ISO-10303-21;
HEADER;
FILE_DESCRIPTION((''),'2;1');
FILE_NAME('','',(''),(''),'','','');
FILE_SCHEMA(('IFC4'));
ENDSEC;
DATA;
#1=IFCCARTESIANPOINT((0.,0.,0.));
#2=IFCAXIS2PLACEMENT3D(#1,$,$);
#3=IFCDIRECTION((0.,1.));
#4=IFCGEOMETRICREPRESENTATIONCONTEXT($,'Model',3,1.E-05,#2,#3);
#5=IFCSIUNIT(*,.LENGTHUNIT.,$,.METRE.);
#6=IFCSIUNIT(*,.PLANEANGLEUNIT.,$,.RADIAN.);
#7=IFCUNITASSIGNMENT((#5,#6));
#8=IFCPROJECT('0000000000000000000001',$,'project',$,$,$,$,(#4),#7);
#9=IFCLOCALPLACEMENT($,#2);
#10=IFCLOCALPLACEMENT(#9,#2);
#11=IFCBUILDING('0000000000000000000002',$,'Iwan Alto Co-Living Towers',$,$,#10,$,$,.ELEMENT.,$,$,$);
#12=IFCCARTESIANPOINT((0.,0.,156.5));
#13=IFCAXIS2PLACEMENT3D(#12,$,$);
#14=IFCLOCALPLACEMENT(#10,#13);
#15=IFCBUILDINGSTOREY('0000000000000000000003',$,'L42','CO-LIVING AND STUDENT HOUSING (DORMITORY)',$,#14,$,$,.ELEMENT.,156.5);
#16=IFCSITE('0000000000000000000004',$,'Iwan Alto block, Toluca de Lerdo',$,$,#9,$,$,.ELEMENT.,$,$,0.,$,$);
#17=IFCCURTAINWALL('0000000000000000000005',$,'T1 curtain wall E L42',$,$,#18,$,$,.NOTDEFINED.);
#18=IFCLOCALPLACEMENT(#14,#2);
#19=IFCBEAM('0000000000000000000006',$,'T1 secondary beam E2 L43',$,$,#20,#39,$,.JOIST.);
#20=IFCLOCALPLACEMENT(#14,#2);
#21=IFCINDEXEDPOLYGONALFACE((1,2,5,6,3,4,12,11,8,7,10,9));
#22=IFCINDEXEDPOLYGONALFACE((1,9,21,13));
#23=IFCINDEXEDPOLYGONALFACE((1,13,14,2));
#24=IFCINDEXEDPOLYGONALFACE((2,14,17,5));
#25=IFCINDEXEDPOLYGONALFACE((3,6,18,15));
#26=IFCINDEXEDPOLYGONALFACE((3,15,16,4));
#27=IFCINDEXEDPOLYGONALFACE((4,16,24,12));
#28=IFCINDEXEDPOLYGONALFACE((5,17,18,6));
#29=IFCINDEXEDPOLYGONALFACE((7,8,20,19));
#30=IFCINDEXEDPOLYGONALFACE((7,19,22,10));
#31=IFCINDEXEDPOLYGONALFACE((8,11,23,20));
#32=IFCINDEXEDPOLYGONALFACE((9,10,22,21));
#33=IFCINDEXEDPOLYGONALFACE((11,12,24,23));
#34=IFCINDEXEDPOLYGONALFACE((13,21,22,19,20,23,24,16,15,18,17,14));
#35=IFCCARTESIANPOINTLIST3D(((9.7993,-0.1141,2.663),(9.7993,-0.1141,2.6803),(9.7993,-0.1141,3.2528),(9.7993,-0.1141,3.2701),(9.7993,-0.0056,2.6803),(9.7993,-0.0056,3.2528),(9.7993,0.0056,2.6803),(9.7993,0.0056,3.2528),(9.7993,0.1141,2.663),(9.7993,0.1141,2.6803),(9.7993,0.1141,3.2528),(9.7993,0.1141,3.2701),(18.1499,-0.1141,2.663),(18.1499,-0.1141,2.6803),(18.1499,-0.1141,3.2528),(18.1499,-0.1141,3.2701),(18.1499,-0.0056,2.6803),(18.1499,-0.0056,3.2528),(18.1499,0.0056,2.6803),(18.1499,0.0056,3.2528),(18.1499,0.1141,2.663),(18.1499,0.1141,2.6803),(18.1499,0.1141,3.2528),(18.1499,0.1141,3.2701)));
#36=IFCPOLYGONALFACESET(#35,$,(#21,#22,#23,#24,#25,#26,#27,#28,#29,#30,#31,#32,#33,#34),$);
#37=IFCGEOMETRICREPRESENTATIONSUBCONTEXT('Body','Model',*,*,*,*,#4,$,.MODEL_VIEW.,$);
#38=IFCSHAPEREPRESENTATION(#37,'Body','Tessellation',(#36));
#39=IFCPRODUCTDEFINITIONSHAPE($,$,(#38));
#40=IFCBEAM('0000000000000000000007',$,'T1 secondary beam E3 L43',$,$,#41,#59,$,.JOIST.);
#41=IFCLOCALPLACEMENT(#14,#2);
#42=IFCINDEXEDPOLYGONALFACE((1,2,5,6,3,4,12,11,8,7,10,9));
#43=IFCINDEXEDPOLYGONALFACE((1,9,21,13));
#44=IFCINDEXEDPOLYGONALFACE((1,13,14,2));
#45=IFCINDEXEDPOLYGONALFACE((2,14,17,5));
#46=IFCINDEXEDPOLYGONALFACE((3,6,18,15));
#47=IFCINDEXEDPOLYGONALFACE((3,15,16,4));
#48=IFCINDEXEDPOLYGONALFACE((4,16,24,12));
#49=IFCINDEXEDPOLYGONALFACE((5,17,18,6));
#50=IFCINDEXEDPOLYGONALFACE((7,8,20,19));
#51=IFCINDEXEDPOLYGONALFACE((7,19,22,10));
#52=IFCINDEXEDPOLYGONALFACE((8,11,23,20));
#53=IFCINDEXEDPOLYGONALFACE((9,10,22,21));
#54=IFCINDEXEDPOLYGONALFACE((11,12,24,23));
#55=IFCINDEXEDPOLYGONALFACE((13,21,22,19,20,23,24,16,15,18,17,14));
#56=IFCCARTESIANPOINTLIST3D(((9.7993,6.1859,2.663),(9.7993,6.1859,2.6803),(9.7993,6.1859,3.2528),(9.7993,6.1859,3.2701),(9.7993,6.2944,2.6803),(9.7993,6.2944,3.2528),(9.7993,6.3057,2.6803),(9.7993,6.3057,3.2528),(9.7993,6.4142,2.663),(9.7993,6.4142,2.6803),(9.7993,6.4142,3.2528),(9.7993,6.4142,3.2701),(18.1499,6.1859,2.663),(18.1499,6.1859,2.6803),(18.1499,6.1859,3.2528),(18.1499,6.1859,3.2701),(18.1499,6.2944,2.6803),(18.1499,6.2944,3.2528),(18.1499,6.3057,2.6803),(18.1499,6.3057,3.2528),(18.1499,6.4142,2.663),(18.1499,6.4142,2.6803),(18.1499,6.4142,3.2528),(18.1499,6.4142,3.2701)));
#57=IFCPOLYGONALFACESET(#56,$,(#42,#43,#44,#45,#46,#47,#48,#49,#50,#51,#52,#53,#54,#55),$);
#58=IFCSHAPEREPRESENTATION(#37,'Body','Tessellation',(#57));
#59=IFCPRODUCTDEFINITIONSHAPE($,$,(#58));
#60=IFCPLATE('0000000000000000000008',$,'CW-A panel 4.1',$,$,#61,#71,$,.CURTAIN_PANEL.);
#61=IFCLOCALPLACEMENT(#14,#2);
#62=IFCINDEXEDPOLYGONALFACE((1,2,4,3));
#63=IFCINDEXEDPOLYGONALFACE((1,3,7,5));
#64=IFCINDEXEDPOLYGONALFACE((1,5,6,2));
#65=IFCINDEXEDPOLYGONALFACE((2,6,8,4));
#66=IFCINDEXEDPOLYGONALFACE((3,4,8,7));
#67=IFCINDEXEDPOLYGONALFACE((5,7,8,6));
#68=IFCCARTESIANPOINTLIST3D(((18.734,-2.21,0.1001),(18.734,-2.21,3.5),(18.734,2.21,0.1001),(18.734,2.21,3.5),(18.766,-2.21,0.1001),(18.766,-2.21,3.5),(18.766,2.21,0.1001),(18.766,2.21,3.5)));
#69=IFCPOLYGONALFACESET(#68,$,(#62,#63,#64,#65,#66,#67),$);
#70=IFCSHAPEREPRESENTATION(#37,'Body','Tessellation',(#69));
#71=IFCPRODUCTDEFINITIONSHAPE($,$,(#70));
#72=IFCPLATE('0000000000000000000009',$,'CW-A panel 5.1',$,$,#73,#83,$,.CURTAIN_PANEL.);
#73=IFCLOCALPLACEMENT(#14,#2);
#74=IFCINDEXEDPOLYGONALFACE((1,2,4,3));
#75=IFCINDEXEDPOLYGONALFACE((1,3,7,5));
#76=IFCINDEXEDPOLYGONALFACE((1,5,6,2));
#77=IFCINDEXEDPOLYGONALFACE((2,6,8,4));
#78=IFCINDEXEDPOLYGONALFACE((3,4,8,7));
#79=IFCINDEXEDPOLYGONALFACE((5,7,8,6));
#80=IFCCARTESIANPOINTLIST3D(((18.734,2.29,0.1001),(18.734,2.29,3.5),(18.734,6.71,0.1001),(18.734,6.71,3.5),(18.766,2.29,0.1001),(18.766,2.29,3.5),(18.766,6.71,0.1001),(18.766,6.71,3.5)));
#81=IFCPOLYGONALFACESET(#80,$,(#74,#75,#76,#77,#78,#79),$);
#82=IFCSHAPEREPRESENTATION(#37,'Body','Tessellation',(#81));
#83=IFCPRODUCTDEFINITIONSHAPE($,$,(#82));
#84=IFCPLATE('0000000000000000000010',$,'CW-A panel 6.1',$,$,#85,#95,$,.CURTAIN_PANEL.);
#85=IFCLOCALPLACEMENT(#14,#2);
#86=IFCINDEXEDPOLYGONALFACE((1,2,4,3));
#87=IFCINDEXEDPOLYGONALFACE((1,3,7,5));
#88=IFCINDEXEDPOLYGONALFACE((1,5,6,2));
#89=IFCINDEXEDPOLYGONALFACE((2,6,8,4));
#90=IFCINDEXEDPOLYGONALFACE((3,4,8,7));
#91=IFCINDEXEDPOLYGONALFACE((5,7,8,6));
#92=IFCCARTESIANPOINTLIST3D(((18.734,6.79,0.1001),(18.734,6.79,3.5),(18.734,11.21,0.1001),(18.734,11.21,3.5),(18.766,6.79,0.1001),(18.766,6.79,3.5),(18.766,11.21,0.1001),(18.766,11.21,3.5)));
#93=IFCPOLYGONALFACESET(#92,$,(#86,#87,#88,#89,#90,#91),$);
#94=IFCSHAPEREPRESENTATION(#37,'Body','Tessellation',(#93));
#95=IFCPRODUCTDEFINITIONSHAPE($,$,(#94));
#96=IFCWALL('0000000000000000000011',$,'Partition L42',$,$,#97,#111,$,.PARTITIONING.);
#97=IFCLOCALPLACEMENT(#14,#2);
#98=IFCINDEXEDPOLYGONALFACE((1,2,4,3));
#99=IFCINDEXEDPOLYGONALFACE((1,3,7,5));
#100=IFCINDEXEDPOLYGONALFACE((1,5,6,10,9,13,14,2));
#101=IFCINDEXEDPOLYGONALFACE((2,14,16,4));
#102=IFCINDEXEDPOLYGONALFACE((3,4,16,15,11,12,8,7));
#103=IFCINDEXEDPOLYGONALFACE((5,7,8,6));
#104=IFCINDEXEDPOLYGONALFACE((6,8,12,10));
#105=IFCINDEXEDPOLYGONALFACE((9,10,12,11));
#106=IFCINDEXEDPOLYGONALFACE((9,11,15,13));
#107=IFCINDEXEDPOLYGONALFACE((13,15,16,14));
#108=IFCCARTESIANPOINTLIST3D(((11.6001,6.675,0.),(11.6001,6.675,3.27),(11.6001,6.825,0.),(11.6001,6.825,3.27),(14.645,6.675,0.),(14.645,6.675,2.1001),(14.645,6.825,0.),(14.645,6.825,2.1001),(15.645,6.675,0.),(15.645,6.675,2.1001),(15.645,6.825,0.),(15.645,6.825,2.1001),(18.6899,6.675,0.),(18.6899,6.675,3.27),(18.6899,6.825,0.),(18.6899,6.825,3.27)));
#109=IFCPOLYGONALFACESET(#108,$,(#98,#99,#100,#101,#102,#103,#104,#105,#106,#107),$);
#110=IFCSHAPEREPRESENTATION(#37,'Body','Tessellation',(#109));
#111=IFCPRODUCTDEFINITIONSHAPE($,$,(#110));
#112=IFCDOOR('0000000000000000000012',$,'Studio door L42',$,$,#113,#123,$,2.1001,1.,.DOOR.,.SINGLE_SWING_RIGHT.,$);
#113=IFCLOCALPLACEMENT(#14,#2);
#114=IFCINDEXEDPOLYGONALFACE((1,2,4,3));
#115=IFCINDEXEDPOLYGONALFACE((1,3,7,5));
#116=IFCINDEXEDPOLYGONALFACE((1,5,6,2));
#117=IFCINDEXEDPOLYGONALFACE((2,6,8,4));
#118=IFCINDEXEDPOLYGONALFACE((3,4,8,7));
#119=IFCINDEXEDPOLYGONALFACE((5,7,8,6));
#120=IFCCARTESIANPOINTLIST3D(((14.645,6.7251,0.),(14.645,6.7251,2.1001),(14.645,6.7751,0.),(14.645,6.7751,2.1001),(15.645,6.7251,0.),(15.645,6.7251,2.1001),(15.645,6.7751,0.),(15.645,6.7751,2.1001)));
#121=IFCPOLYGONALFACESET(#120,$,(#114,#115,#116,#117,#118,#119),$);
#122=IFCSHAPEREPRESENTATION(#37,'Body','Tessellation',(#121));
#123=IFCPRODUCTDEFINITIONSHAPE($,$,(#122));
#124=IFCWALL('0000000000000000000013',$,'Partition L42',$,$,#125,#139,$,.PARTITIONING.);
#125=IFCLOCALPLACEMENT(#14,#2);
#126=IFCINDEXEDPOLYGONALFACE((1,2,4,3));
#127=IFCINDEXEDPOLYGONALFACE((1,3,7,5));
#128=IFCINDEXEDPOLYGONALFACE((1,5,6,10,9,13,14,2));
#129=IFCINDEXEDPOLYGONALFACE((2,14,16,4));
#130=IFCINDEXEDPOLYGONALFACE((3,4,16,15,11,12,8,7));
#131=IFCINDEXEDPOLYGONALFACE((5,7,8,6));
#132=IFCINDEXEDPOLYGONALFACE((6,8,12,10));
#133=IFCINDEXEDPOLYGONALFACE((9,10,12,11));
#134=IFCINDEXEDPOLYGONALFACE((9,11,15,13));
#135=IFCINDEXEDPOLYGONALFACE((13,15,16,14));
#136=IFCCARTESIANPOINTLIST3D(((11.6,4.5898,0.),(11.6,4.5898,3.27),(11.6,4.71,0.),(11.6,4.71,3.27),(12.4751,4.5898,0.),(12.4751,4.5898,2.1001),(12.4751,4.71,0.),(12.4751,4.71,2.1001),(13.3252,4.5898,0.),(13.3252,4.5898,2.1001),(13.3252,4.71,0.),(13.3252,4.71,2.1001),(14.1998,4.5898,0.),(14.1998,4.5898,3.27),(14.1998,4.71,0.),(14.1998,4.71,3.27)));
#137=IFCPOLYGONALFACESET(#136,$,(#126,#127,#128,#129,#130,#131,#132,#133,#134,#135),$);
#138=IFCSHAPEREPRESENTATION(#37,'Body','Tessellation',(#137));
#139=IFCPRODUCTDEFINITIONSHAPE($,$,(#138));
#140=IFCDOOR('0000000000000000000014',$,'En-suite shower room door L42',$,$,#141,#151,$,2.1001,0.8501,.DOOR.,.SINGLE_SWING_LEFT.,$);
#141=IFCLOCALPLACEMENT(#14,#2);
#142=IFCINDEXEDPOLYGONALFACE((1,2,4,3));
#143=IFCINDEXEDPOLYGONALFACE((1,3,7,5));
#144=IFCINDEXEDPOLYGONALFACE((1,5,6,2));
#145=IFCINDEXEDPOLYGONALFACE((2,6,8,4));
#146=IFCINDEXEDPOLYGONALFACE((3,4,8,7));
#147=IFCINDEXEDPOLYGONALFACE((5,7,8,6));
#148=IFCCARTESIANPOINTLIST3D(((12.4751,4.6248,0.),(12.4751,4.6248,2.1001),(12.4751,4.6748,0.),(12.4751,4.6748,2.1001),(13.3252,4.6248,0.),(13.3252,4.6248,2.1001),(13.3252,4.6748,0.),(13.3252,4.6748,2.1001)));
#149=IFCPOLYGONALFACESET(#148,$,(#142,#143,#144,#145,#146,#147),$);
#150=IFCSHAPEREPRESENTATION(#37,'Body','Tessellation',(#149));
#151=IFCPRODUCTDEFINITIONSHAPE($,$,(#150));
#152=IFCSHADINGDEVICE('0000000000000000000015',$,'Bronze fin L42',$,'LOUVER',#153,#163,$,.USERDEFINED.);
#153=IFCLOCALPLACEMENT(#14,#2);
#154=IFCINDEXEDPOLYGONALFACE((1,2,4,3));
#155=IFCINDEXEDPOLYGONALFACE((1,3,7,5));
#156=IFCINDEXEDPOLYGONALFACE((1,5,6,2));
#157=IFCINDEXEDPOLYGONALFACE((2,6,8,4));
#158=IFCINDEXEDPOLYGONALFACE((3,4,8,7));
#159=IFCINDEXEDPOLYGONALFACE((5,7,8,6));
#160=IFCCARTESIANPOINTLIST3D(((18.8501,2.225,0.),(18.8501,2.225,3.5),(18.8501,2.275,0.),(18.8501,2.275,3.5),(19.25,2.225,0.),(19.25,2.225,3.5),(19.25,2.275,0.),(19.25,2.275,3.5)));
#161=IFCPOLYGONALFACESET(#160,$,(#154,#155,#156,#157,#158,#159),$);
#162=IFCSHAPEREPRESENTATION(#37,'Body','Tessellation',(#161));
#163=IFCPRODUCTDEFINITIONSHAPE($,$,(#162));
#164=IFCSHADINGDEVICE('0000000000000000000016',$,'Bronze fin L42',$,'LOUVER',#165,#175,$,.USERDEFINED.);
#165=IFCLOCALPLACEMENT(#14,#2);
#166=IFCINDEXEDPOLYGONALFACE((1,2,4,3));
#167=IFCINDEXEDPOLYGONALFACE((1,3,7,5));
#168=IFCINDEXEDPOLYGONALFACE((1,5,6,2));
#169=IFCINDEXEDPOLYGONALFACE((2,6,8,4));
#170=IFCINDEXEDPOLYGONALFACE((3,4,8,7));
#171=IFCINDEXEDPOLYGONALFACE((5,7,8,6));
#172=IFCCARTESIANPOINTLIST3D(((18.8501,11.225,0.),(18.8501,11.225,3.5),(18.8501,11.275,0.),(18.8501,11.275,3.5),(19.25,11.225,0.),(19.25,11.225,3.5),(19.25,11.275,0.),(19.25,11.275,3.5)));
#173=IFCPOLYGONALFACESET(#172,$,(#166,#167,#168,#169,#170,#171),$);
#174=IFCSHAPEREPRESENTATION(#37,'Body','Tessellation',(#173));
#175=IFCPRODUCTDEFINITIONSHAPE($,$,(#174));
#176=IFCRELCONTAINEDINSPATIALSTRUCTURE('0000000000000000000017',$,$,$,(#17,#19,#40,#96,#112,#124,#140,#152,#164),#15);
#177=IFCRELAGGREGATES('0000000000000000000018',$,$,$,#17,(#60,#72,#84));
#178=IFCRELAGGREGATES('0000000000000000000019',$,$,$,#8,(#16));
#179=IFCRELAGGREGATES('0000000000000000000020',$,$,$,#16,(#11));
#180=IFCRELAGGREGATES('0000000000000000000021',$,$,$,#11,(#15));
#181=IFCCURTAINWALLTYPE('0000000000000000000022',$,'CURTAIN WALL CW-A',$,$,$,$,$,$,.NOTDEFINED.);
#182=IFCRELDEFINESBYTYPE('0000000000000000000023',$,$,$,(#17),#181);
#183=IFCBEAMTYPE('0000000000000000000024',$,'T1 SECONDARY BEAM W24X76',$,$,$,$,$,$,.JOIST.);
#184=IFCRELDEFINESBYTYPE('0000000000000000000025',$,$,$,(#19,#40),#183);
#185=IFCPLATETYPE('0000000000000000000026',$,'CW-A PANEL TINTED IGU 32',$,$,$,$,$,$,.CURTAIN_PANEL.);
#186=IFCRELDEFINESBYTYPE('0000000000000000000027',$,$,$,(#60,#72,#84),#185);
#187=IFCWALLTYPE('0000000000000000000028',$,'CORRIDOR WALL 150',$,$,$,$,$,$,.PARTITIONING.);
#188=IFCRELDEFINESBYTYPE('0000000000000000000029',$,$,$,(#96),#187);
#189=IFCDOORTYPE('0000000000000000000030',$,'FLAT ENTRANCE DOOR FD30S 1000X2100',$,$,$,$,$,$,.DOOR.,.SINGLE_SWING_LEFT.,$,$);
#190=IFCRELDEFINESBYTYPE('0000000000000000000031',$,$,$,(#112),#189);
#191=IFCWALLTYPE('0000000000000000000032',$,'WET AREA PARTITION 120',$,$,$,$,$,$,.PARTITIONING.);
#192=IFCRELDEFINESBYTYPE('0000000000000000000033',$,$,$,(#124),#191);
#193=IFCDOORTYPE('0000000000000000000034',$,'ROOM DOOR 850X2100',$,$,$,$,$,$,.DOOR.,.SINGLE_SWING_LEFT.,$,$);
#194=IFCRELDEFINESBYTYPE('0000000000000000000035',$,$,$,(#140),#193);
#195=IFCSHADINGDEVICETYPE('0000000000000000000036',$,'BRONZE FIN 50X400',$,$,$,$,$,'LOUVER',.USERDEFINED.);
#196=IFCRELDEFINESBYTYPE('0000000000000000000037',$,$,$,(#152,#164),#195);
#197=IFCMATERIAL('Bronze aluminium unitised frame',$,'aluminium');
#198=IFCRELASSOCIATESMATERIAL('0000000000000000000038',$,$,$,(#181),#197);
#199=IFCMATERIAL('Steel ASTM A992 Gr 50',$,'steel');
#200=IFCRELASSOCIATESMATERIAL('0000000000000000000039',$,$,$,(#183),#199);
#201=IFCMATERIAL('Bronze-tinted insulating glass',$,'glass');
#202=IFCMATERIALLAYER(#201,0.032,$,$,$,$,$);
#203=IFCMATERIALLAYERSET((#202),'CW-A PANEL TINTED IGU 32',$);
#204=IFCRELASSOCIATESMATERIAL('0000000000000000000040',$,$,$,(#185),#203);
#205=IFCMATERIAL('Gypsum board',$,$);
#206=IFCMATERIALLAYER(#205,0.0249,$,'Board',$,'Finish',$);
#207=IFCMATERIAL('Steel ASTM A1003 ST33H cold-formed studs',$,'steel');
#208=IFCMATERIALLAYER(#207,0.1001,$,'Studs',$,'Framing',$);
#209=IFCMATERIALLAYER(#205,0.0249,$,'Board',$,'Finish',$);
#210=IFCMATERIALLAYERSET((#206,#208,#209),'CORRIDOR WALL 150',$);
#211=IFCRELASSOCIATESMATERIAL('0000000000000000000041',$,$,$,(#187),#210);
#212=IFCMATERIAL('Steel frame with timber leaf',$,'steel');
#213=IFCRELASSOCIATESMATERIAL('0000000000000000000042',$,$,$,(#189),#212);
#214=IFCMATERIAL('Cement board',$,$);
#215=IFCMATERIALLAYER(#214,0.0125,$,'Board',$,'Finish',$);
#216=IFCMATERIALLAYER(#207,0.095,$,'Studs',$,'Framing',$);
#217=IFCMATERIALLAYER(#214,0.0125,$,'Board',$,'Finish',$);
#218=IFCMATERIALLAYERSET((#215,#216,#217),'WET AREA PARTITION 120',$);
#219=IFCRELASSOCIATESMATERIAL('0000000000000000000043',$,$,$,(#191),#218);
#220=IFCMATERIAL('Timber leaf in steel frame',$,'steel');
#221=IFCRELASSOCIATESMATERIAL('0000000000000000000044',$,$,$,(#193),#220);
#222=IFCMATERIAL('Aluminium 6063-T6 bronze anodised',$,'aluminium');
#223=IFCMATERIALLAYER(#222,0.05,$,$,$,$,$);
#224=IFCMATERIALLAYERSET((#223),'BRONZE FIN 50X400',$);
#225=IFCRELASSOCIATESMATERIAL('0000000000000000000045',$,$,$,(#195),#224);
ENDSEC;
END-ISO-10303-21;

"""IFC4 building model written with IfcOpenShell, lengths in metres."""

from ifc_helpers import new_model, si_unit, direction, frame, frame_2d, origin, origin_2d, place, context, subcontext, project, spatial, rectangle, i_section, extrude, material, layer, layer_set, material_profile, profile_set, type_object, element, fill, aggregate, save


model = new_model("IFC4")

# Units and contexts
model_context = context("Model", 3, precision=1e-05, world=origin(), true_north=direction((0.0, 1.0)))
body_context = subcontext(model_context, "Body", "Model", "MODEL_VIEW")
ifc_project = project(units=[si_unit("LENGTHUNIT", "METRE"), si_unit("PLANEANGLEUNIT", "RADIAN")], contexts=[model_context])

# Site, building, storey
site_placement = place(None, origin())
site = spatial("IfcSite", under=ifc_project, at=site_placement, Name="Iwan Alto block, Toluca de Lerdo", CompositionType="ELEMENT", RefElevation=0.0)
building_placement = place(site_placement, origin())
building = spatial("IfcBuilding", under=site, at=building_placement, Name="Iwan Alto Co-Living Towers", CompositionType="ELEMENT")
storey_placement = place(building_placement, frame((0.0, 0.0, 156.5)))
storey = spatial("IfcBuildingStorey", under=building, at=storey_placement, Name="L42", Description="CO-LIVING AND STUDENT HOUSING (DORMITORY)", CompositionType="ELEMENT", Elevation=156.5)

# Curtain wall
ifc_material_1 = material(Name="Bronze aluminium unitised frame", Category="aluminium")
curtain_wall_type = type_object("IfcCurtainWallType", Name="CURTAIN WALL CW-A", PredefinedType="NOTDEFINED", material=ifc_material_1)
curtain_wall_placement = place(storey_placement, origin())
curtain_wall = element("IfcCurtainWall", 1, at=curtain_wall_placement, inside=storey, type_object=curtain_wall_type, Name="T1 curtain wall E L42", PredefinedType="NOTDEFINED")

# Beams
ifc_material_2 = material(Name="Steel ASTM A992 Gr 50", Category="steel")
ifc_material_profile_1 = material_profile(ifc_material_2, i_section(OverallWidth=0.2283, OverallDepth=0.6072, WebThickness=0.0112, FlangeThickness=0.0173, at=origin_2d()), Name="W24X76")
ifc_profile_set_1 = profile_set([ifc_material_profile_1], Name="Steel ASTM A992 Gr 50")
beam_type_1 = type_object("IfcBeamType", Name="T1 SECONDARY BEAM W24X76", PredefinedType="JOIST", material=ifc_profile_set_1)
for number, where, z_axis, x_axis, name in (
    (2, (18.1499, 0.0, 2.9666), (-1.0, 0.0, 0.0), (0.0, -1.0, 0.0), "T1 secondary beam E2 L43"),
    (3, (18.1499, 6.3, 2.9666), (-1.0, 0.0, 0.0), (0.0, -1.0, 0.0), "T1 secondary beam E3 L43"),
):
    element("IfcBeam", number, at=place(storey_placement, frame(where, z_axis=z_axis, x_axis=x_axis)), inside=storey, type_object=beam_type_1, Name=name, PredefinedType="JOIST", context=body_context, shape_type="SweptSolid", body=[
        extrude(i_section(OverallWidth=0.2283, OverallDepth=0.6072, WebThickness=0.0112, FlangeThickness=0.0173, at=origin_2d()), origin(), (0.0, 0.0, 1.0), 8.3506),
    ])

# Plates
ifc_material_3 = material(Name="Bronze-tinted insulating glass", Category="glass")
ifc_layer_1 = layer(ifc_material_3, 0.032)
ifc_layer_set_1 = layer_set([ifc_layer_1], Name="CW-A PANEL TINTED IGU 32")
plate_type = type_object("IfcPlateType", Name="CW-A PANEL TINTED IGU 32", PredefinedType="CURTAIN_PANEL", material=ifc_layer_set_1)
plate_1_placement = place(storey_placement, frame((18.75, 0.0, 0.1001), z_axis=(0.0, 0.0, 1.0), x_axis=(0.0, 1.0, 0.0)))
plate_1 = element("IfcPlate", 4, at=plate_1_placement, type_object=plate_type, Name="CW-A panel 4.1", PredefinedType="CURTAIN_PANEL", context=body_context, shape_type="SweptSolid", body=[
    extrude(rectangle(XDim=4.4199, YDim=0.032, at=origin_2d()), origin(), (0.0, 0.0, 1.0), 3.3999),
])
plate_2_placement = place(storey_placement, frame((18.75, 4.5, 0.1001), z_axis=(0.0, 0.0, 1.0), x_axis=(0.0, 1.0, 0.0)))
plate_2 = element("IfcPlate", 5, at=plate_2_placement, type_object=plate_type, Name="CW-A panel 5.1", PredefinedType="CURTAIN_PANEL", context=body_context, shape_type="SweptSolid", body=[
    extrude(rectangle(XDim=4.4199, YDim=0.032, at=origin_2d()), origin(), (0.0, 0.0, 1.0), 3.3999),
])
plate_3_placement = place(storey_placement, frame((18.75, 9.0, 0.1001), z_axis=(0.0, 0.0, 1.0), x_axis=(0.0, 1.0, 0.0)))
plate_3 = element("IfcPlate", 6, at=plate_3_placement, type_object=plate_type, Name="CW-A panel 6.1", PredefinedType="CURTAIN_PANEL", context=body_context, shape_type="SweptSolid", body=[
    extrude(rectangle(XDim=4.4199, YDim=0.032, at=origin_2d()), origin(), (0.0, 0.0, 1.0), 3.3999),
])
aggregate(curtain_wall, [plate_1, plate_2, plate_3])

# Walls, openings, doors
ifc_material_4 = material(Name="Gypsum board")
ifc_layer_2 = layer(ifc_material_4, 0.0249, Name="Board", Category="Finish")
ifc_material_5 = material(Name="Steel ASTM A1003 ST33H cold-formed studs", Category="steel")
ifc_layer_3 = layer(ifc_material_5, 0.1001, Name="Studs", Category="Framing")
ifc_layer_4 = layer(ifc_material_4, 0.0249, Name="Board", Category="Finish")
ifc_layer_set_2 = layer_set([ifc_layer_2, ifc_layer_3, ifc_layer_4], Name="CORRIDOR WALL 150")
wall_type_1 = type_object("IfcWallType", Name="CORRIDOR WALL 150", PredefinedType="PARTITIONING", material=ifc_layer_set_2)
wall_1_placement = place(storey_placement, frame((11.6001, 6.75, 0.0), z_axis=(0.0, 0.0, 1.0), x_axis=(1.0, 0.0, 0.0)))
wall_1 = element("IfcWall", 7, at=wall_1_placement, inside=storey, type_object=wall_type_1, Name="Partition L42", PredefinedType="PARTITIONING", context=body_context, shape_type="SweptSolid", body=[
    extrude(rectangle(XDim=7.0898, YDim=0.1499, at=frame_2d((3.5449, 0.0))), origin(), (0.0, 0.0, 1.0), 3.27),
])
opening_1_placement = place(wall_1_placement, frame((3.0449, 0.0, 0.0)))
opening_1 = element("IfcOpeningElement", 8, at=opening_1_placement, cuts=wall_1, PredefinedType="OPENING", context=body_context, shape_type="SweptSolid", body=[
    extrude(rectangle(XDim=1.0, YDim=2.1001, at=frame_2d((0.5, 1.05))), frame((0.0, 0.085, 0.0), z_axis=(0.0, -1.0, 0.0), x_axis=(1.0, 0.0, 0.0)), (0.0, 0.0, 1.0), 0.1699),
])
ifc_material_6 = material(Name="Steel frame with timber leaf", Category="steel")
door_type_1 = type_object("IfcDoorType", Name="FLAT ENTRANCE DOOR FD30S 1000X2100", OperationType="SINGLE_SWING_LEFT", PredefinedType="DOOR", material=ifc_material_6)
door_1_placement = place(opening_1_placement, frame((1.0, 0.0, 0.0), z_axis=(0.0, 0.0, 1.0), x_axis=(-1.0, 0.0, 0.0)))
door_1 = element("IfcDoor", 9, at=door_1_placement, inside=storey, type_object=door_type_1, Name="Studio door L42", OperationType="SINGLE_SWING_RIGHT", OverallHeight=2.1001, OverallWidth=1.0, PredefinedType="DOOR", context=body_context, shape_type="SweptSolid", body=[
    extrude(rectangle(XDim=1.0, YDim=2.1001, at=frame_2d((0.5, 1.05))), frame((0.0, 0.0249, 0.0), z_axis=(0.0, -1.0, 0.0), x_axis=(1.0, 0.0, 0.0)), (0.0, 0.0, 1.0), 0.05),
])
fill(opening_1, door_1)
ifc_material_7 = material(Name="Cement board")
ifc_layer_5 = layer(ifc_material_7, 0.0125, Name="Board", Category="Finish")
ifc_layer_6 = layer(ifc_material_5, 0.095, Name="Studs", Category="Framing")
ifc_layer_7 = layer(ifc_material_7, 0.0125, Name="Board", Category="Finish")
ifc_layer_set_3 = layer_set([ifc_layer_5, ifc_layer_6, ifc_layer_7], Name="WET AREA PARTITION 120")
wall_type_2 = type_object("IfcWallType", Name="WET AREA PARTITION 120", PredefinedType="PARTITIONING", material=ifc_layer_set_3)
wall_2_placement = place(storey_placement, frame((11.6001, 4.6499, 0.0), z_axis=(0.0, 0.0, 1.0), x_axis=(1.0, 0.0, 0.0)))
wall_2 = element("IfcWall", 10, at=wall_2_placement, inside=storey, type_object=wall_type_2, Name="Partition L42", PredefinedType="PARTITIONING", context=body_context, shape_type="SweptSolid", body=[
    extrude(rectangle(XDim=2.5999, YDim=0.1201, at=frame_2d((1.2998, 0.0))), origin(), (0.0, 0.0, 1.0), 3.27),
])
opening_2_placement = place(wall_2_placement, frame((0.875, 0.0, 0.0)))
opening_2 = element("IfcOpeningElement", 11, at=opening_2_placement, cuts=wall_2, PredefinedType="OPENING", context=body_context, shape_type="SweptSolid", body=[
    extrude(rectangle(XDim=0.8501, YDim=2.1001, at=frame_2d((0.425, 1.05))), frame((0.0, 0.0701, 0.0), z_axis=(0.0, -1.0, 0.0), x_axis=(1.0, 0.0, 0.0)), (0.0, 0.0, 1.0), 0.1401),
])
ifc_material_8 = material(Name="Timber leaf in steel frame", Category="steel")
door_type_2 = type_object("IfcDoorType", Name="ROOM DOOR 850X2100", OperationType="SINGLE_SWING_LEFT", PredefinedType="DOOR", material=ifc_material_8)
door_2_placement = place(opening_2_placement, origin())
door_2 = element("IfcDoor", 12, at=door_2_placement, inside=storey, type_object=door_type_2, Name="En-suite shower room door L42", OperationType="SINGLE_SWING_LEFT", OverallHeight=2.1001, OverallWidth=0.8501, PredefinedType="DOOR", context=body_context, shape_type="SweptSolid", body=[
    extrude(rectangle(XDim=0.8501, YDim=2.1001, at=frame_2d((0.425, 1.05))), frame((0.0, 0.0249, 0.0), z_axis=(0.0, -1.0, 0.0), x_axis=(1.0, 0.0, 0.0)), (0.0, 0.0, 1.0), 0.05),
])
fill(opening_2, door_2)

# Shading devices
ifc_material_9 = material(Name="Aluminium 6063-T6 bronze anodised", Category="aluminium")
ifc_layer_8 = layer(ifc_material_9, 0.05)
ifc_layer_set_4 = layer_set([ifc_layer_8], Name="BRONZE FIN 50X400")
shading_device_type = type_object("IfcShadingDeviceType", Name="BRONZE FIN 50X400", ElementType="LOUVER", PredefinedType="USERDEFINED", material=ifc_layer_set_4)
for number, where, z_axis, x_axis, name in (
    (13, (19.05, 2.25, 0.0), (0.0, 0.0, 1.0), (0.0, 1.0, 0.0), "Bronze fin L42"),
    (14, (19.05, 11.25, 0.0), (0.0, 0.0, 1.0), (0.0, 1.0, 0.0), "Bronze fin L42"),
):
    element("IfcShadingDevice", number, at=place(storey_placement, frame(where, z_axis=z_axis, x_axis=x_axis)), inside=storey, type_object=shading_device_type, Name=name, ObjectType="LOUVER", PredefinedType="USERDEFINED", context=body_context, shape_type="SweptSolid", body=[
        extrude(rectangle(XDim=0.05, YDim=0.3999, at=origin_2d()), origin(), (0.0, 0.0, 1.0), 3.5),
    ])

save(model, "model.ifc")
